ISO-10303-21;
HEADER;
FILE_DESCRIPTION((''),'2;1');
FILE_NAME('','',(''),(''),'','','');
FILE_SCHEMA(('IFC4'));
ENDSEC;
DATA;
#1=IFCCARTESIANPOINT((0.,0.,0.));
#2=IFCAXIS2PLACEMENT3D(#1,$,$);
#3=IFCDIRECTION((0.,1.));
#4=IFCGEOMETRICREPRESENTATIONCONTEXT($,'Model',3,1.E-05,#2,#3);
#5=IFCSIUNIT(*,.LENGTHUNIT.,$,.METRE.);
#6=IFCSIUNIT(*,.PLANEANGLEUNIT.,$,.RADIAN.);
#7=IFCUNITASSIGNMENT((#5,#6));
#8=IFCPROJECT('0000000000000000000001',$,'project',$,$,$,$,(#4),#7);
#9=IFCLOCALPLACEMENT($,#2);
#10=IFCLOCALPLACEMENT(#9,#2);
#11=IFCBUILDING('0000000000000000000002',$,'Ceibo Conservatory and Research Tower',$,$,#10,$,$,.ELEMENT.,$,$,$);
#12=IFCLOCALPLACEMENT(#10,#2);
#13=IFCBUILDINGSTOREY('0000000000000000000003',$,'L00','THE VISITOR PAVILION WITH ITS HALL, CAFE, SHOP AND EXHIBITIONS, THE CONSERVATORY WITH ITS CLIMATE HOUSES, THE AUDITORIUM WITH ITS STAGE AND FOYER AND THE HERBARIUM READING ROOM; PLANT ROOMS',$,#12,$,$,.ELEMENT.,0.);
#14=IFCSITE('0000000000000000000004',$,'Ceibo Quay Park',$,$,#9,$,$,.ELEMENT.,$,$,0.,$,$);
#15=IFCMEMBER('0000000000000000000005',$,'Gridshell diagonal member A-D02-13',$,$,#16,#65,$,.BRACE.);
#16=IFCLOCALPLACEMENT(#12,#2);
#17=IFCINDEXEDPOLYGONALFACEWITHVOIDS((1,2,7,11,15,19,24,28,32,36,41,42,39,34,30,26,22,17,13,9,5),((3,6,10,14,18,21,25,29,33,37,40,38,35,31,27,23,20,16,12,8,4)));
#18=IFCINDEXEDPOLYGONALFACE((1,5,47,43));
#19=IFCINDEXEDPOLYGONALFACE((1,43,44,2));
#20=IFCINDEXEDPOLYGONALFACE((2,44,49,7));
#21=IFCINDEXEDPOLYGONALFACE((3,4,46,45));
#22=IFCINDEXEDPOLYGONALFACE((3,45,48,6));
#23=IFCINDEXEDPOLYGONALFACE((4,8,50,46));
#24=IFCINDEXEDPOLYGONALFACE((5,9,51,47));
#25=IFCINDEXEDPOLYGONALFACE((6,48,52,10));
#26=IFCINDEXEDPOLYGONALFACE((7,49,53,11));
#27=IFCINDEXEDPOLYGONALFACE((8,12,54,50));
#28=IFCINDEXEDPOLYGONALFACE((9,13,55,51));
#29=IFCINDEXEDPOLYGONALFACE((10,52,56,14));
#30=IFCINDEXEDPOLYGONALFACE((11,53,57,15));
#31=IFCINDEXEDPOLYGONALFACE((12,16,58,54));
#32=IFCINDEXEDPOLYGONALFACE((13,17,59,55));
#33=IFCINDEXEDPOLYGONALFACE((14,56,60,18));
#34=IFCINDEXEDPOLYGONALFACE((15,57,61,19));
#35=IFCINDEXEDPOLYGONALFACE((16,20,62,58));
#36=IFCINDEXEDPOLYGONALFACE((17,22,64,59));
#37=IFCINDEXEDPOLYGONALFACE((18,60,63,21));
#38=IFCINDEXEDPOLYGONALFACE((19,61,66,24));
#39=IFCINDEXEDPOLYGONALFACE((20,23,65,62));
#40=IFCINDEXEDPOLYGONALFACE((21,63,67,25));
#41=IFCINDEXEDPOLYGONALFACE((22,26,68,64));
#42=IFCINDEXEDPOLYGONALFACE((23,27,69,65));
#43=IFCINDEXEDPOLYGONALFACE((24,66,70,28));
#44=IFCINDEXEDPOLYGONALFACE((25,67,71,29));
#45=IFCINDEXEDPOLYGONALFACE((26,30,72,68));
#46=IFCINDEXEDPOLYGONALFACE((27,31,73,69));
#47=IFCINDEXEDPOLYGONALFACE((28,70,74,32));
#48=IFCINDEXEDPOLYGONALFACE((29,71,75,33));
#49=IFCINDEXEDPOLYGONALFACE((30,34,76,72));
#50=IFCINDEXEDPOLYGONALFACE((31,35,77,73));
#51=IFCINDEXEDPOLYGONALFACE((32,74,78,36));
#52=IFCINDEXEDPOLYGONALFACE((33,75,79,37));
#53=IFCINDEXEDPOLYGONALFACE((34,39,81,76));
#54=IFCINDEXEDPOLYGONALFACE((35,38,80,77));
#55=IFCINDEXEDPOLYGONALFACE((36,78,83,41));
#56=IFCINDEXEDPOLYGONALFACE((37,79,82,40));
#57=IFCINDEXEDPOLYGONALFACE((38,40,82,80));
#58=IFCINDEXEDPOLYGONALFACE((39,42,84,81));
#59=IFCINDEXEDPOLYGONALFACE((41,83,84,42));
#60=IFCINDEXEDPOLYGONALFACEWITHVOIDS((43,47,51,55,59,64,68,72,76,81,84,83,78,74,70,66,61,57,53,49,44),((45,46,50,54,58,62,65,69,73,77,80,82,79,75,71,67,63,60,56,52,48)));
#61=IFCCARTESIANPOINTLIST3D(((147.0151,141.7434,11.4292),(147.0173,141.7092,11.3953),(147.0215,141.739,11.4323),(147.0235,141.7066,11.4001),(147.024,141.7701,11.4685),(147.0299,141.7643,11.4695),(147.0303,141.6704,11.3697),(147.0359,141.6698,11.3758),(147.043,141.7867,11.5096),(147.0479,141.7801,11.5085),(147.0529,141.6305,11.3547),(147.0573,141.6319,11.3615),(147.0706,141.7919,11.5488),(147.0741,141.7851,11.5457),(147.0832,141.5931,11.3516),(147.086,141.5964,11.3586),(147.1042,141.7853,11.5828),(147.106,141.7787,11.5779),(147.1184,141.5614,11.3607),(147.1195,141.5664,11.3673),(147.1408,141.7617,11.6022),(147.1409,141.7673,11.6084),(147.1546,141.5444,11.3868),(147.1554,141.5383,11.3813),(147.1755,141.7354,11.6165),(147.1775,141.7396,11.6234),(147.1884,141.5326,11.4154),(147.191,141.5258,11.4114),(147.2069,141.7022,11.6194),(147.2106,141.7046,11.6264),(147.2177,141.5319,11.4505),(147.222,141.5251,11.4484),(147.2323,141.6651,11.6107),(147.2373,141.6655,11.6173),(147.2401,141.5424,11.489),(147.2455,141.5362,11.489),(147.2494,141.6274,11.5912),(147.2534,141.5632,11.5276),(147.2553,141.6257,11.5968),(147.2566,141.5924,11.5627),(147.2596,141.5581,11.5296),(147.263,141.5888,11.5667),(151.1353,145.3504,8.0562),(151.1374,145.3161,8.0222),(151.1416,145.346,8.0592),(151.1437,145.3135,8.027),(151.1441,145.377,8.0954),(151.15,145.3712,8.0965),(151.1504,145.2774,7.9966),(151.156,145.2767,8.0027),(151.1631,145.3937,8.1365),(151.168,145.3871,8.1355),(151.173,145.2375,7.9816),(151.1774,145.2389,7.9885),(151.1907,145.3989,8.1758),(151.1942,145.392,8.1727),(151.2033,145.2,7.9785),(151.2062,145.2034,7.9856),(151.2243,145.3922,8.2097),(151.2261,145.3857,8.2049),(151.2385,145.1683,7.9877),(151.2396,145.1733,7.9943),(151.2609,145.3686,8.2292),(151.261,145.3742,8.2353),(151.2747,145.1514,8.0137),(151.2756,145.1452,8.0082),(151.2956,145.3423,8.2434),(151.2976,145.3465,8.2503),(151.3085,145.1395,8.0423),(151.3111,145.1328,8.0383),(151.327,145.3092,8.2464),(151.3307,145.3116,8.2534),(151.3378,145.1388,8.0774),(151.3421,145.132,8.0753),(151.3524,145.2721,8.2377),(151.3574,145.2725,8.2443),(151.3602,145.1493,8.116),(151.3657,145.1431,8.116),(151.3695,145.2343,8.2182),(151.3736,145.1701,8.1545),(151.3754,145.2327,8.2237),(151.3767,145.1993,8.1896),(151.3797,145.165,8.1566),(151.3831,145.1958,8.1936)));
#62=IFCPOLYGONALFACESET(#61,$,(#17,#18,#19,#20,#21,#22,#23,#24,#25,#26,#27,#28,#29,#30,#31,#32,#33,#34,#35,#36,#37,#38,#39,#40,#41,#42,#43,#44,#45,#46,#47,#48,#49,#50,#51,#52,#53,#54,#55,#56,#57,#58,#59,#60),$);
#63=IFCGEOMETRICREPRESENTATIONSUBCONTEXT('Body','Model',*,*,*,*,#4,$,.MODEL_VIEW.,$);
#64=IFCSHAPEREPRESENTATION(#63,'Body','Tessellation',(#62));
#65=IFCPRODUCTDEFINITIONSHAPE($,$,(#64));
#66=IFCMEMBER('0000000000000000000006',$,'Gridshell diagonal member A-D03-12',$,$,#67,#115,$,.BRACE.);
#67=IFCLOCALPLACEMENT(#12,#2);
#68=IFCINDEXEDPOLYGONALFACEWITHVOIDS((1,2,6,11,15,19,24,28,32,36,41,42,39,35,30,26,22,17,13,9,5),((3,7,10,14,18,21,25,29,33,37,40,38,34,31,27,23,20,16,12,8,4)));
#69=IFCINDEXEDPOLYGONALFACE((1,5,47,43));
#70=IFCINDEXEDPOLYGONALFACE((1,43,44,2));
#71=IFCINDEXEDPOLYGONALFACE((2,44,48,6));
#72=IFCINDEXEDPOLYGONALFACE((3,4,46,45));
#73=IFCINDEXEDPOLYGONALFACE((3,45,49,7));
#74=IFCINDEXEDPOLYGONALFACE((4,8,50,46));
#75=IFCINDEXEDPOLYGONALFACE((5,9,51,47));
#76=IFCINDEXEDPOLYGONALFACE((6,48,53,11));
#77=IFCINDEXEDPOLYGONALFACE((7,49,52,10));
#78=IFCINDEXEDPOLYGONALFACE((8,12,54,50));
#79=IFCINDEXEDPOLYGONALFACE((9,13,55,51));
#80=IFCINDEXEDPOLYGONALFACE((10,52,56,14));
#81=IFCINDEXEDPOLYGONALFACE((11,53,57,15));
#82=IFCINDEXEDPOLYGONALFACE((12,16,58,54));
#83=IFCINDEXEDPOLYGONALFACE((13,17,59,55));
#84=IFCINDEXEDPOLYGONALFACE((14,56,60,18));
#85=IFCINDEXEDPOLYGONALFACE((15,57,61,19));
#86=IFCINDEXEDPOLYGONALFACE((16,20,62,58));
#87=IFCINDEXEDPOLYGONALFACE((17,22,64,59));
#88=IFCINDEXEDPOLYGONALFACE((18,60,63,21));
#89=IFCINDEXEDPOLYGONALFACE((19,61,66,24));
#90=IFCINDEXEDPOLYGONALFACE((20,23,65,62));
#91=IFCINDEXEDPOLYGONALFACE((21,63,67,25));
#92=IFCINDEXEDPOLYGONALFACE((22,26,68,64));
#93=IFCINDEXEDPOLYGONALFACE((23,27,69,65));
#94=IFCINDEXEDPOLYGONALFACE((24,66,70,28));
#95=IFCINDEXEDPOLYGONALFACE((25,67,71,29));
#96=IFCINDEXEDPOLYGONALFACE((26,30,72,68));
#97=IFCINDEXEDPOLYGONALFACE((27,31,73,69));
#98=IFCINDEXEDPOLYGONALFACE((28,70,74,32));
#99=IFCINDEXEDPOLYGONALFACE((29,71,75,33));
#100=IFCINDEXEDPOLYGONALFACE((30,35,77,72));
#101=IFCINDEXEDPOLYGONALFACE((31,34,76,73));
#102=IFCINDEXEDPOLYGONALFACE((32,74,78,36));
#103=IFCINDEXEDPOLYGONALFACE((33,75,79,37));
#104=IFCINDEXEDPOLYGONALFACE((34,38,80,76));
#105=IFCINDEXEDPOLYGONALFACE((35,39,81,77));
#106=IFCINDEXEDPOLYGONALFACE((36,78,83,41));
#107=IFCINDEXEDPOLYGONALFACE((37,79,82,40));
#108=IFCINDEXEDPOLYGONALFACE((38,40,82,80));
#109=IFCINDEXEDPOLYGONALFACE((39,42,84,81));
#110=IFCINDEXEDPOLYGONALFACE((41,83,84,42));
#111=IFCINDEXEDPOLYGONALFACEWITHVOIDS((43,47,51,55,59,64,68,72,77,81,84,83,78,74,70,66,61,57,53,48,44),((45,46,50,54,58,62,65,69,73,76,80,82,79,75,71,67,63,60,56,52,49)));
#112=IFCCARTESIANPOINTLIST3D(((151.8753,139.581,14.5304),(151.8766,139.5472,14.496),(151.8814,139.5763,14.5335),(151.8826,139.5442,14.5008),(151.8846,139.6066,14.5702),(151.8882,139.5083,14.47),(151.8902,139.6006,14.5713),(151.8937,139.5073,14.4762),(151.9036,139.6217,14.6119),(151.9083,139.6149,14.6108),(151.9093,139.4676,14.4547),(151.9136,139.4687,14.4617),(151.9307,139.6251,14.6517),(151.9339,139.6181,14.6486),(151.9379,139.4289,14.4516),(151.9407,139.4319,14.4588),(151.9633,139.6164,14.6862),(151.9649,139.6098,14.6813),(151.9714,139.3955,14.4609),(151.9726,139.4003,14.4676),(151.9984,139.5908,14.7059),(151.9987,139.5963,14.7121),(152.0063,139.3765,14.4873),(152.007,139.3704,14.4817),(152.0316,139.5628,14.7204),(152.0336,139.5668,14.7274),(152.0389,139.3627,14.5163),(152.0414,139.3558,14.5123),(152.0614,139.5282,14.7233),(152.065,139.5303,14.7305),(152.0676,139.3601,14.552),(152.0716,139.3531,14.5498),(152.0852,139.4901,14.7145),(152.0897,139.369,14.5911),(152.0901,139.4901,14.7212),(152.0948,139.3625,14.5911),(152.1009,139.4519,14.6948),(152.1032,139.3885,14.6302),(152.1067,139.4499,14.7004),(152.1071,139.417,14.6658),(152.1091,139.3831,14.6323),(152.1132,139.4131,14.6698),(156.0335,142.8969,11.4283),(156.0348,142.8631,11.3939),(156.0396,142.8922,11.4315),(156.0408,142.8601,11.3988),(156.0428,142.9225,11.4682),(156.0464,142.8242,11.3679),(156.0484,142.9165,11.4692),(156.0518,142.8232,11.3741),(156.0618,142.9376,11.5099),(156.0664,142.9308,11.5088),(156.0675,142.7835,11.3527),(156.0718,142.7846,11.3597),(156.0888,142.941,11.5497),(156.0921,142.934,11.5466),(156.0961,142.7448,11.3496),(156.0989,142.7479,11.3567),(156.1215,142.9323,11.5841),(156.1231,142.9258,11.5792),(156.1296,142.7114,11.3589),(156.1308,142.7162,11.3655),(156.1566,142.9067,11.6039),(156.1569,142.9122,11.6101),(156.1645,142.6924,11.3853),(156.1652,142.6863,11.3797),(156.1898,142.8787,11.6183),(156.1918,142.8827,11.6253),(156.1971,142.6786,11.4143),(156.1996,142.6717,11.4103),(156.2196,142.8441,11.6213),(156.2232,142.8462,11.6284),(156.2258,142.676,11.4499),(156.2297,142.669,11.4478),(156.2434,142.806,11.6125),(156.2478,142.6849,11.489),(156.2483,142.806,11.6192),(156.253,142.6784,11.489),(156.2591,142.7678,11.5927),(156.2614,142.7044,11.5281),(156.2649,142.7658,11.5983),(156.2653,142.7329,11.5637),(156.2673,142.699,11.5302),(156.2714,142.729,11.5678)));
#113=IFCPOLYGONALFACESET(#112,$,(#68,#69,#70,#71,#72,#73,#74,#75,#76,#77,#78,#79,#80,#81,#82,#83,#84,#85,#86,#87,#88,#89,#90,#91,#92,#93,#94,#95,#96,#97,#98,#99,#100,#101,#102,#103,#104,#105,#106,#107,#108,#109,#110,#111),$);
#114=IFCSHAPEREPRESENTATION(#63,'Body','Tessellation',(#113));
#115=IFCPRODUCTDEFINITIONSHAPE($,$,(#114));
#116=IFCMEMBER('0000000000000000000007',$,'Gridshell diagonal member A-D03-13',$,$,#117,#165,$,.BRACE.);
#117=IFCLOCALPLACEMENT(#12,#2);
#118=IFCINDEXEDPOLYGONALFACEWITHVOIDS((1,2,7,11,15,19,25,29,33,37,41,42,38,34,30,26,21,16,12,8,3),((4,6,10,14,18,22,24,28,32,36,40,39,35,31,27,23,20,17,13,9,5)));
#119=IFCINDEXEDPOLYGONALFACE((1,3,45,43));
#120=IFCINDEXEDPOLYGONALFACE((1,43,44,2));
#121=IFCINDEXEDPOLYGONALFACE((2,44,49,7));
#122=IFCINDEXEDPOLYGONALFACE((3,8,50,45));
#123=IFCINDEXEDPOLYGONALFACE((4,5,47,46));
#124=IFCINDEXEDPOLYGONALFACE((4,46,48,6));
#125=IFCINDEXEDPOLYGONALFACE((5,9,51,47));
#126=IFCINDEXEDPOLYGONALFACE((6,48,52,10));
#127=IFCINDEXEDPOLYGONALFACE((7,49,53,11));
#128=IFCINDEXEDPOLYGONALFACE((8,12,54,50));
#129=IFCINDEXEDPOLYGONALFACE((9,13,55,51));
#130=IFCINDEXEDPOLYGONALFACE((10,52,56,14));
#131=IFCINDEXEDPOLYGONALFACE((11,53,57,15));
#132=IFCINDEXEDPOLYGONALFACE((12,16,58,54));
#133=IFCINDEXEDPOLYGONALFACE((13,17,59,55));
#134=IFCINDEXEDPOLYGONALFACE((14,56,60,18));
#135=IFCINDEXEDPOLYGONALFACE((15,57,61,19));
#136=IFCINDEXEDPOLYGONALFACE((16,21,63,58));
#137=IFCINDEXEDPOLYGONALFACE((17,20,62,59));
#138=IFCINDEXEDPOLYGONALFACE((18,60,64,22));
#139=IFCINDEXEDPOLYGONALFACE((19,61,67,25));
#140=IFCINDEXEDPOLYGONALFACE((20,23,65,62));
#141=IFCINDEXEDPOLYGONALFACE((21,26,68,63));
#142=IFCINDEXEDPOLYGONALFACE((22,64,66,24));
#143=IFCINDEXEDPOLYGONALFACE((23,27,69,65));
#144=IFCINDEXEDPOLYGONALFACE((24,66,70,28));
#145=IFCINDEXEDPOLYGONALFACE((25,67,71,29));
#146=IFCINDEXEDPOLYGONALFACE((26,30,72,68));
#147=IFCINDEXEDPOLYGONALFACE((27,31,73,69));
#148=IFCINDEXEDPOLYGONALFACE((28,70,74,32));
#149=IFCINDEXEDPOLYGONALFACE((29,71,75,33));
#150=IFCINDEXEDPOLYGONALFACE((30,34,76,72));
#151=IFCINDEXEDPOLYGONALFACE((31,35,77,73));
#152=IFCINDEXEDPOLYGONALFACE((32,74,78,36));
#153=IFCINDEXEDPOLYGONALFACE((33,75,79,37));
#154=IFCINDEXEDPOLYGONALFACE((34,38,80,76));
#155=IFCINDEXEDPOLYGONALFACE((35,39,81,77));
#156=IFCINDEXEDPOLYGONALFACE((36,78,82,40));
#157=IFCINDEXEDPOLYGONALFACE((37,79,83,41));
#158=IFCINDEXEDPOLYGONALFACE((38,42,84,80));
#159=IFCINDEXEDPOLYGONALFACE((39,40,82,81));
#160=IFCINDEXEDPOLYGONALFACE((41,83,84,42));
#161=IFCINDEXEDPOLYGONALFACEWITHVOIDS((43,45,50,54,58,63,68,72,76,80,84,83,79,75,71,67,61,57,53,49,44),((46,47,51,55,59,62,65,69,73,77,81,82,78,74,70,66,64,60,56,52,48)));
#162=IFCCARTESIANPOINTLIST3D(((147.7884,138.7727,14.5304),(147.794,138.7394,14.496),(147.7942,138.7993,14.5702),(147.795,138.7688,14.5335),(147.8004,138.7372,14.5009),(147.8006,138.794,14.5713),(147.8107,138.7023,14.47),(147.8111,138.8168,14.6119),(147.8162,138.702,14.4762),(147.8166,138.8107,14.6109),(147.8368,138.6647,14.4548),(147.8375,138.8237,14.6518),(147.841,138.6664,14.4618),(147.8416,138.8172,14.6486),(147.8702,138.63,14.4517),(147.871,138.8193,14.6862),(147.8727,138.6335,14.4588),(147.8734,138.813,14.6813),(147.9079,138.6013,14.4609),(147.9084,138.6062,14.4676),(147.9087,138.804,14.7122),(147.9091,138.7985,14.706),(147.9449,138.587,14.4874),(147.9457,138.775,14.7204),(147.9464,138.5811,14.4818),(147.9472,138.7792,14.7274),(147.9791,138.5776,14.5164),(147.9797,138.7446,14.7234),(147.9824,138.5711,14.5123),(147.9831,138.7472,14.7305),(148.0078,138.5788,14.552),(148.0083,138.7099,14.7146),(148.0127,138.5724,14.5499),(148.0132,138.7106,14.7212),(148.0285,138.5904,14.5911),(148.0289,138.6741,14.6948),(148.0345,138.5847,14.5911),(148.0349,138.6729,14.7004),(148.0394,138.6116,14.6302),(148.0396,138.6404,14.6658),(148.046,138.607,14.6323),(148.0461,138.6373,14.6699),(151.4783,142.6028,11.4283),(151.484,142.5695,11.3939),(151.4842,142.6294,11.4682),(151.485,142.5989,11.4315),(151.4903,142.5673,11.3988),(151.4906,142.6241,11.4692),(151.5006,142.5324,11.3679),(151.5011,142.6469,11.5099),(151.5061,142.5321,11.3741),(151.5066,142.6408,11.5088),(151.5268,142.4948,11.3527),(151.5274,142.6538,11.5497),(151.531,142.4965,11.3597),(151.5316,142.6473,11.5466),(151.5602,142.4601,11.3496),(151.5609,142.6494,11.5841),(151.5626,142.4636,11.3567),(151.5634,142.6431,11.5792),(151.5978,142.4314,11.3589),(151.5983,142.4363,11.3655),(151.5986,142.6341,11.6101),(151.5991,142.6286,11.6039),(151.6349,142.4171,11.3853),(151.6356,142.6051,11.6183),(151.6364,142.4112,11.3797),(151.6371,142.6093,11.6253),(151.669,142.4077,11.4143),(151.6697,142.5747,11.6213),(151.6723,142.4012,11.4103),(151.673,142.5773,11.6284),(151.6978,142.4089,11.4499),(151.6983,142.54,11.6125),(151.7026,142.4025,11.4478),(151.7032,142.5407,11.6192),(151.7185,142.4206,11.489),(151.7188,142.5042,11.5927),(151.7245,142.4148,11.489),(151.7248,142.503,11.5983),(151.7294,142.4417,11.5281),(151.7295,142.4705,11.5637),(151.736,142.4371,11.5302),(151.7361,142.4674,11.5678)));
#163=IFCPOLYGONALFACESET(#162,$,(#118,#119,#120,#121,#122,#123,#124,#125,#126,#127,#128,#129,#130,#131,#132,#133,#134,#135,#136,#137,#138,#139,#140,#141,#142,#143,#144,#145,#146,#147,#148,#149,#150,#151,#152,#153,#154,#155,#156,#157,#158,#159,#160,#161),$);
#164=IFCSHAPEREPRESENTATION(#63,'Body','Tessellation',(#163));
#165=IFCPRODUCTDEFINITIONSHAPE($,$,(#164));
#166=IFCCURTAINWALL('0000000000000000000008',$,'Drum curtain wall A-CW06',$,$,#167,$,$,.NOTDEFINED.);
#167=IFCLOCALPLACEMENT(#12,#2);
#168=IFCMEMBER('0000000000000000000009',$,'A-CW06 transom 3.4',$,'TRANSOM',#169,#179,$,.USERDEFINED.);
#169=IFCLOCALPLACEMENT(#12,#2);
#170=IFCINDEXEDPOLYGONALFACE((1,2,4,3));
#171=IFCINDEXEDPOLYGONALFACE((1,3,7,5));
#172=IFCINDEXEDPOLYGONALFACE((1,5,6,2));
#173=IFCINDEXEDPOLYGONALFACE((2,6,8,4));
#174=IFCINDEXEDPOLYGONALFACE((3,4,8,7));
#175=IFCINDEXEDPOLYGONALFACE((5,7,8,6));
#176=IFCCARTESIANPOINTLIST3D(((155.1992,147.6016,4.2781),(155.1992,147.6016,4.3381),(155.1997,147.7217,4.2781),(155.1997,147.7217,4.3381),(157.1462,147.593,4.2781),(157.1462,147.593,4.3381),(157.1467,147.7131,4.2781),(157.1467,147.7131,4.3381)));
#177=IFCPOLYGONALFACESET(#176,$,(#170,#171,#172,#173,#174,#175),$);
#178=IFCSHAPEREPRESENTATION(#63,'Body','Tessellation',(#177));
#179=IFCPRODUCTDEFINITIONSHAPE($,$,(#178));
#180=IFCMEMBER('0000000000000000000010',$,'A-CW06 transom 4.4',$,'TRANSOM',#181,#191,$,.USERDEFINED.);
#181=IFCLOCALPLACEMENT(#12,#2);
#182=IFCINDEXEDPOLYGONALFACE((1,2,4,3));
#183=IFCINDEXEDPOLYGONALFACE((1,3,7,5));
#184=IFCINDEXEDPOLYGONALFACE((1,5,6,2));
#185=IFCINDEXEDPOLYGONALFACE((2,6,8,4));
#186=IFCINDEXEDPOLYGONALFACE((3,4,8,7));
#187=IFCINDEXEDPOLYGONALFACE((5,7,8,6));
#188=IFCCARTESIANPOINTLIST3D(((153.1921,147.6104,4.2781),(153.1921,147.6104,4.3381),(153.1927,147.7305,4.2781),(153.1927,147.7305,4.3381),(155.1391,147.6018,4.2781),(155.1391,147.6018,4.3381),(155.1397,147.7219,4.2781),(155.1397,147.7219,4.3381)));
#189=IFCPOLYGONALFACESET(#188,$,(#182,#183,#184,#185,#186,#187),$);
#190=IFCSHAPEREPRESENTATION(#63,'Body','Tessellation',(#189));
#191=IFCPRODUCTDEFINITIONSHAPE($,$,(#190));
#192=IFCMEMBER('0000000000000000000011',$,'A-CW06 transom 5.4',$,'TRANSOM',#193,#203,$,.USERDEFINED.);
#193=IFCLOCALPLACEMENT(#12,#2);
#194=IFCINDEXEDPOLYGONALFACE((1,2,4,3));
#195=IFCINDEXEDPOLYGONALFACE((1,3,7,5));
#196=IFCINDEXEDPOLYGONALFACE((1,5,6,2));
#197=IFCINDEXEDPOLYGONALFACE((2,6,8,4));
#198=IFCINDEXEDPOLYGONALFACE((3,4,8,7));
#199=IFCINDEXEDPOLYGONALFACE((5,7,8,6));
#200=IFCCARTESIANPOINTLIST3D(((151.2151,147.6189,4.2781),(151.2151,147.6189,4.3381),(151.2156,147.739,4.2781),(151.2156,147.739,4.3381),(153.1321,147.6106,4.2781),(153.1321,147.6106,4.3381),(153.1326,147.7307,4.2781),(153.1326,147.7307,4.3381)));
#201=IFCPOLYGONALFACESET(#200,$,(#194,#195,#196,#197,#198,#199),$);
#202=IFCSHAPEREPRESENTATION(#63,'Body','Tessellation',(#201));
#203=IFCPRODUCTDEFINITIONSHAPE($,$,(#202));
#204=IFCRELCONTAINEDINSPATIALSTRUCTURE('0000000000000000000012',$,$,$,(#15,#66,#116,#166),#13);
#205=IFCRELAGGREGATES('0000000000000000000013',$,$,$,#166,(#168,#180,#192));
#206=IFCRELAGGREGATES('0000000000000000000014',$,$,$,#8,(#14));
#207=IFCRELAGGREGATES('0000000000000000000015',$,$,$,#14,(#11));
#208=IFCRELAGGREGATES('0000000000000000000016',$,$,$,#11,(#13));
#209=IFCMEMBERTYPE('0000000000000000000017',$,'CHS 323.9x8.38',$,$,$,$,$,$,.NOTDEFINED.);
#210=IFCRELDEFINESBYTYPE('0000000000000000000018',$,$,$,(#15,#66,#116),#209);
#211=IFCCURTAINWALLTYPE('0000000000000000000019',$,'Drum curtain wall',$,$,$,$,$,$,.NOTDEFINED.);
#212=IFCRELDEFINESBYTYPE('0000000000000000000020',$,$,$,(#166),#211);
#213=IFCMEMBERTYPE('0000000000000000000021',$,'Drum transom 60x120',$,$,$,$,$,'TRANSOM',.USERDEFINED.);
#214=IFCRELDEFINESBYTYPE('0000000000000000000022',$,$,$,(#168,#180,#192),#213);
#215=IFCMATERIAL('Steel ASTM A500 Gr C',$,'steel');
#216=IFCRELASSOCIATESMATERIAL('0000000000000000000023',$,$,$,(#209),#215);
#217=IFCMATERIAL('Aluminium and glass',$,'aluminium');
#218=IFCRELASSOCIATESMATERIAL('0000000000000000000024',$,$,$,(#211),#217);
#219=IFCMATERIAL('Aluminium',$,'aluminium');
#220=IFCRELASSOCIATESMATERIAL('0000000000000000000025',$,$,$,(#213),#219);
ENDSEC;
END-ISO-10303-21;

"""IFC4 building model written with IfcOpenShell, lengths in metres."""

from ifc_helpers import new_model, si_unit, direction, frame, origin, origin_2d, place, context, subcontext, project, spatial, rectangle, hollow_circle, extrude, material, material_profile, profile_set, type_object, element, aggregate, save


model = new_model("IFC4")

# Units and contexts
model_context = context("Model", 3, precision=1e-05, world=origin(), true_north=direction((0.0, 1.0)))
body_context = subcontext(model_context, "Body", "Model", "MODEL_VIEW")
ifc_project = project(units=[si_unit("LENGTHUNIT", "METRE"), si_unit("PLANEANGLEUNIT", "RADIAN")], contexts=[model_context])

# Site, building, storey
site_placement = place(None, origin())
site = spatial("IfcSite", under=ifc_project, at=site_placement, Name="Ceibo Quay Park", CompositionType="ELEMENT", RefElevation=0.0)
building_placement = place(site_placement, origin())
building = spatial("IfcBuilding", under=site, at=building_placement, Name="Ceibo Conservatory and Research Tower", CompositionType="ELEMENT")
storey_placement = place(building_placement, origin())
storey = spatial("IfcBuildingStorey", under=building, at=storey_placement, Name="L00", Description="THE VISITOR PAVILION WITH ITS HALL, CAFE, SHOP AND EXHIBITIONS, THE CONSERVATORY WITH ITS CLIMATE HOUSES, THE AUDITORIUM WITH ITS STAGE AND FOYER AND THE HERBARIUM READING ROOM; PLANT ROOMS", CompositionType="ELEMENT", Elevation=0.0)

# Members
ifc_material_1 = material(Name="Steel ASTM A500 Gr C", Category="steel")
ifc_material_profile_1 = material_profile(ifc_material_1, hollow_circle(Radius=0.1619, WallThickness=0.0083, at=origin_2d()), Name="CHS 323.9x8.38")
ifc_profile_set_1 = profile_set([ifc_material_profile_1], Name="Steel ASTM A500 Gr C")
member_type_1 = type_object("IfcMemberType", Name="CHS 323.9x8.38", PredefinedType="NOTDEFINED", material=ifc_profile_set_1)
member_1_placement = place(storey_placement, frame((151.259, 145.2649, 8.116), z_axis=(-0.640626, -0.560833, 0.524466), x_axis=(0.658694, -0.752411, 0.0)))
element("IfcMember", 1, at=member_1_placement, inside=storey, type_object=member_type_1, Name="Gridshell diagonal member A-D02-13", PredefinedType="BRACE", context=body_context, shape_type="SweptSolid", body=[
    extrude(hollow_circle(Radius=0.1619, WallThickness=0.0083, at=origin_2d()), origin(), (0.0, 0.0, 1.0), 6.4314),
])
for number, where, z_axis, x_axis, name in (
    (2, (156.1521, 142.8049, 11.489), (-0.675362, -0.53856, 0.503825), (0.623474, -0.781844, 0.0), "Gridshell diagonal member A-D03-12"),
    (3, (151.6079, 142.5271, 11.489), (-0.599314, -0.622075, 0.50383), (0.720159, -0.693809, 0.0), "Gridshell diagonal member A-D03-13"),
):
    element("IfcMember", number, at=place(storey_placement, frame(where, z_axis=z_axis, x_axis=x_axis)), inside=storey, type_object=member_type_1, Name=name, PredefinedType="BRACE", context=body_context, shape_type="SweptSolid", body=[
        extrude(hollow_circle(Radius=0.1619, WallThickness=0.0083, at=origin_2d()), origin(), (0.0, 0.0, 1.0), 6.157),
    ])

# Curtain wall, members
ifc_material_2 = material(Name="Aluminium and glass", Category="aluminium")
curtain_wall_type = type_object("IfcCurtainWallType", Name="Drum curtain wall", PredefinedType="NOTDEFINED", material=ifc_material_2)
curtain_wall_placement = place(storey_placement, origin())
curtain_wall = element("IfcCurtainWall", 4, at=curtain_wall_placement, inside=storey, type_object=curtain_wall_type, Name="Drum curtain wall A-CW06", PredefinedType="NOTDEFINED")
ifc_material_3 = material(Name="Aluminium", Category="aluminium")
ifc_material_profile_2 = material_profile(ifc_material_3, rectangle(XDim=0.1201, YDim=0.0601, at=origin_2d()), Name="AL 60x120")
ifc_profile_set_2 = profile_set([ifc_material_profile_2], Name="Aluminium")
member_type_2 = type_object("IfcMemberType", Name="Drum transom 60x120", ElementType="TRANSOM", PredefinedType="USERDEFINED", material=ifc_profile_set_2)
member_2_placement = place(storey_placement, frame((157.1465, 147.6531, 4.3081), z_axis=(-0.99999, 0.004389, 0.0), x_axis=(-0.004389, -0.99999, 0.0)))
member_2 = element("IfcMember", 5, at=member_2_placement, type_object=member_type_2, Name="A-CW06 transom 3.4", ObjectType="TRANSOM", PredefinedType="USERDEFINED", context=body_context, shape_type="SweptSolid", body=[
    extrude(rectangle(XDim=0.1201, YDim=0.0601, at=origin_2d()), origin(), (0.0, 0.0, 1.0), 1.947),
])
member_3_placement = place(storey_placement, frame((155.1394, 147.6619, 4.3081), z_axis=(-0.99999, 0.004389, 0.0), x_axis=(-0.004389, -0.99999, 0.0)))
member_3 = element("IfcMember", 6, at=member_3_placement, type_object=member_type_2, Name="A-CW06 transom 4.4", ObjectType="TRANSOM", PredefinedType="USERDEFINED", context=body_context, shape_type="SweptSolid", body=[
    extrude(rectangle(XDim=0.1201, YDim=0.0601, at=origin_2d()), origin(), (0.0, 0.0, 1.0), 1.947),
])
member_4_placement = place(storey_placement, frame((153.1323, 147.6707, 4.3081), z_axis=(-0.999991, 0.00433, 0.0), x_axis=(-0.00433, -0.999991, 0.0)))
member_4 = element("IfcMember", 7, at=member_4_placement, type_object=member_type_2, Name="A-CW06 transom 5.4", ObjectType="TRANSOM", PredefinedType="USERDEFINED", context=body_context, shape_type="SweptSolid", body=[
    extrude(rectangle(XDim=0.1201, YDim=0.0601, at=origin_2d()), origin(), (0.0, 0.0, 1.0), 1.917),
])
aggregate(curtain_wall, [member_2, member_3, member_4])

save(model, "model.ifc")
